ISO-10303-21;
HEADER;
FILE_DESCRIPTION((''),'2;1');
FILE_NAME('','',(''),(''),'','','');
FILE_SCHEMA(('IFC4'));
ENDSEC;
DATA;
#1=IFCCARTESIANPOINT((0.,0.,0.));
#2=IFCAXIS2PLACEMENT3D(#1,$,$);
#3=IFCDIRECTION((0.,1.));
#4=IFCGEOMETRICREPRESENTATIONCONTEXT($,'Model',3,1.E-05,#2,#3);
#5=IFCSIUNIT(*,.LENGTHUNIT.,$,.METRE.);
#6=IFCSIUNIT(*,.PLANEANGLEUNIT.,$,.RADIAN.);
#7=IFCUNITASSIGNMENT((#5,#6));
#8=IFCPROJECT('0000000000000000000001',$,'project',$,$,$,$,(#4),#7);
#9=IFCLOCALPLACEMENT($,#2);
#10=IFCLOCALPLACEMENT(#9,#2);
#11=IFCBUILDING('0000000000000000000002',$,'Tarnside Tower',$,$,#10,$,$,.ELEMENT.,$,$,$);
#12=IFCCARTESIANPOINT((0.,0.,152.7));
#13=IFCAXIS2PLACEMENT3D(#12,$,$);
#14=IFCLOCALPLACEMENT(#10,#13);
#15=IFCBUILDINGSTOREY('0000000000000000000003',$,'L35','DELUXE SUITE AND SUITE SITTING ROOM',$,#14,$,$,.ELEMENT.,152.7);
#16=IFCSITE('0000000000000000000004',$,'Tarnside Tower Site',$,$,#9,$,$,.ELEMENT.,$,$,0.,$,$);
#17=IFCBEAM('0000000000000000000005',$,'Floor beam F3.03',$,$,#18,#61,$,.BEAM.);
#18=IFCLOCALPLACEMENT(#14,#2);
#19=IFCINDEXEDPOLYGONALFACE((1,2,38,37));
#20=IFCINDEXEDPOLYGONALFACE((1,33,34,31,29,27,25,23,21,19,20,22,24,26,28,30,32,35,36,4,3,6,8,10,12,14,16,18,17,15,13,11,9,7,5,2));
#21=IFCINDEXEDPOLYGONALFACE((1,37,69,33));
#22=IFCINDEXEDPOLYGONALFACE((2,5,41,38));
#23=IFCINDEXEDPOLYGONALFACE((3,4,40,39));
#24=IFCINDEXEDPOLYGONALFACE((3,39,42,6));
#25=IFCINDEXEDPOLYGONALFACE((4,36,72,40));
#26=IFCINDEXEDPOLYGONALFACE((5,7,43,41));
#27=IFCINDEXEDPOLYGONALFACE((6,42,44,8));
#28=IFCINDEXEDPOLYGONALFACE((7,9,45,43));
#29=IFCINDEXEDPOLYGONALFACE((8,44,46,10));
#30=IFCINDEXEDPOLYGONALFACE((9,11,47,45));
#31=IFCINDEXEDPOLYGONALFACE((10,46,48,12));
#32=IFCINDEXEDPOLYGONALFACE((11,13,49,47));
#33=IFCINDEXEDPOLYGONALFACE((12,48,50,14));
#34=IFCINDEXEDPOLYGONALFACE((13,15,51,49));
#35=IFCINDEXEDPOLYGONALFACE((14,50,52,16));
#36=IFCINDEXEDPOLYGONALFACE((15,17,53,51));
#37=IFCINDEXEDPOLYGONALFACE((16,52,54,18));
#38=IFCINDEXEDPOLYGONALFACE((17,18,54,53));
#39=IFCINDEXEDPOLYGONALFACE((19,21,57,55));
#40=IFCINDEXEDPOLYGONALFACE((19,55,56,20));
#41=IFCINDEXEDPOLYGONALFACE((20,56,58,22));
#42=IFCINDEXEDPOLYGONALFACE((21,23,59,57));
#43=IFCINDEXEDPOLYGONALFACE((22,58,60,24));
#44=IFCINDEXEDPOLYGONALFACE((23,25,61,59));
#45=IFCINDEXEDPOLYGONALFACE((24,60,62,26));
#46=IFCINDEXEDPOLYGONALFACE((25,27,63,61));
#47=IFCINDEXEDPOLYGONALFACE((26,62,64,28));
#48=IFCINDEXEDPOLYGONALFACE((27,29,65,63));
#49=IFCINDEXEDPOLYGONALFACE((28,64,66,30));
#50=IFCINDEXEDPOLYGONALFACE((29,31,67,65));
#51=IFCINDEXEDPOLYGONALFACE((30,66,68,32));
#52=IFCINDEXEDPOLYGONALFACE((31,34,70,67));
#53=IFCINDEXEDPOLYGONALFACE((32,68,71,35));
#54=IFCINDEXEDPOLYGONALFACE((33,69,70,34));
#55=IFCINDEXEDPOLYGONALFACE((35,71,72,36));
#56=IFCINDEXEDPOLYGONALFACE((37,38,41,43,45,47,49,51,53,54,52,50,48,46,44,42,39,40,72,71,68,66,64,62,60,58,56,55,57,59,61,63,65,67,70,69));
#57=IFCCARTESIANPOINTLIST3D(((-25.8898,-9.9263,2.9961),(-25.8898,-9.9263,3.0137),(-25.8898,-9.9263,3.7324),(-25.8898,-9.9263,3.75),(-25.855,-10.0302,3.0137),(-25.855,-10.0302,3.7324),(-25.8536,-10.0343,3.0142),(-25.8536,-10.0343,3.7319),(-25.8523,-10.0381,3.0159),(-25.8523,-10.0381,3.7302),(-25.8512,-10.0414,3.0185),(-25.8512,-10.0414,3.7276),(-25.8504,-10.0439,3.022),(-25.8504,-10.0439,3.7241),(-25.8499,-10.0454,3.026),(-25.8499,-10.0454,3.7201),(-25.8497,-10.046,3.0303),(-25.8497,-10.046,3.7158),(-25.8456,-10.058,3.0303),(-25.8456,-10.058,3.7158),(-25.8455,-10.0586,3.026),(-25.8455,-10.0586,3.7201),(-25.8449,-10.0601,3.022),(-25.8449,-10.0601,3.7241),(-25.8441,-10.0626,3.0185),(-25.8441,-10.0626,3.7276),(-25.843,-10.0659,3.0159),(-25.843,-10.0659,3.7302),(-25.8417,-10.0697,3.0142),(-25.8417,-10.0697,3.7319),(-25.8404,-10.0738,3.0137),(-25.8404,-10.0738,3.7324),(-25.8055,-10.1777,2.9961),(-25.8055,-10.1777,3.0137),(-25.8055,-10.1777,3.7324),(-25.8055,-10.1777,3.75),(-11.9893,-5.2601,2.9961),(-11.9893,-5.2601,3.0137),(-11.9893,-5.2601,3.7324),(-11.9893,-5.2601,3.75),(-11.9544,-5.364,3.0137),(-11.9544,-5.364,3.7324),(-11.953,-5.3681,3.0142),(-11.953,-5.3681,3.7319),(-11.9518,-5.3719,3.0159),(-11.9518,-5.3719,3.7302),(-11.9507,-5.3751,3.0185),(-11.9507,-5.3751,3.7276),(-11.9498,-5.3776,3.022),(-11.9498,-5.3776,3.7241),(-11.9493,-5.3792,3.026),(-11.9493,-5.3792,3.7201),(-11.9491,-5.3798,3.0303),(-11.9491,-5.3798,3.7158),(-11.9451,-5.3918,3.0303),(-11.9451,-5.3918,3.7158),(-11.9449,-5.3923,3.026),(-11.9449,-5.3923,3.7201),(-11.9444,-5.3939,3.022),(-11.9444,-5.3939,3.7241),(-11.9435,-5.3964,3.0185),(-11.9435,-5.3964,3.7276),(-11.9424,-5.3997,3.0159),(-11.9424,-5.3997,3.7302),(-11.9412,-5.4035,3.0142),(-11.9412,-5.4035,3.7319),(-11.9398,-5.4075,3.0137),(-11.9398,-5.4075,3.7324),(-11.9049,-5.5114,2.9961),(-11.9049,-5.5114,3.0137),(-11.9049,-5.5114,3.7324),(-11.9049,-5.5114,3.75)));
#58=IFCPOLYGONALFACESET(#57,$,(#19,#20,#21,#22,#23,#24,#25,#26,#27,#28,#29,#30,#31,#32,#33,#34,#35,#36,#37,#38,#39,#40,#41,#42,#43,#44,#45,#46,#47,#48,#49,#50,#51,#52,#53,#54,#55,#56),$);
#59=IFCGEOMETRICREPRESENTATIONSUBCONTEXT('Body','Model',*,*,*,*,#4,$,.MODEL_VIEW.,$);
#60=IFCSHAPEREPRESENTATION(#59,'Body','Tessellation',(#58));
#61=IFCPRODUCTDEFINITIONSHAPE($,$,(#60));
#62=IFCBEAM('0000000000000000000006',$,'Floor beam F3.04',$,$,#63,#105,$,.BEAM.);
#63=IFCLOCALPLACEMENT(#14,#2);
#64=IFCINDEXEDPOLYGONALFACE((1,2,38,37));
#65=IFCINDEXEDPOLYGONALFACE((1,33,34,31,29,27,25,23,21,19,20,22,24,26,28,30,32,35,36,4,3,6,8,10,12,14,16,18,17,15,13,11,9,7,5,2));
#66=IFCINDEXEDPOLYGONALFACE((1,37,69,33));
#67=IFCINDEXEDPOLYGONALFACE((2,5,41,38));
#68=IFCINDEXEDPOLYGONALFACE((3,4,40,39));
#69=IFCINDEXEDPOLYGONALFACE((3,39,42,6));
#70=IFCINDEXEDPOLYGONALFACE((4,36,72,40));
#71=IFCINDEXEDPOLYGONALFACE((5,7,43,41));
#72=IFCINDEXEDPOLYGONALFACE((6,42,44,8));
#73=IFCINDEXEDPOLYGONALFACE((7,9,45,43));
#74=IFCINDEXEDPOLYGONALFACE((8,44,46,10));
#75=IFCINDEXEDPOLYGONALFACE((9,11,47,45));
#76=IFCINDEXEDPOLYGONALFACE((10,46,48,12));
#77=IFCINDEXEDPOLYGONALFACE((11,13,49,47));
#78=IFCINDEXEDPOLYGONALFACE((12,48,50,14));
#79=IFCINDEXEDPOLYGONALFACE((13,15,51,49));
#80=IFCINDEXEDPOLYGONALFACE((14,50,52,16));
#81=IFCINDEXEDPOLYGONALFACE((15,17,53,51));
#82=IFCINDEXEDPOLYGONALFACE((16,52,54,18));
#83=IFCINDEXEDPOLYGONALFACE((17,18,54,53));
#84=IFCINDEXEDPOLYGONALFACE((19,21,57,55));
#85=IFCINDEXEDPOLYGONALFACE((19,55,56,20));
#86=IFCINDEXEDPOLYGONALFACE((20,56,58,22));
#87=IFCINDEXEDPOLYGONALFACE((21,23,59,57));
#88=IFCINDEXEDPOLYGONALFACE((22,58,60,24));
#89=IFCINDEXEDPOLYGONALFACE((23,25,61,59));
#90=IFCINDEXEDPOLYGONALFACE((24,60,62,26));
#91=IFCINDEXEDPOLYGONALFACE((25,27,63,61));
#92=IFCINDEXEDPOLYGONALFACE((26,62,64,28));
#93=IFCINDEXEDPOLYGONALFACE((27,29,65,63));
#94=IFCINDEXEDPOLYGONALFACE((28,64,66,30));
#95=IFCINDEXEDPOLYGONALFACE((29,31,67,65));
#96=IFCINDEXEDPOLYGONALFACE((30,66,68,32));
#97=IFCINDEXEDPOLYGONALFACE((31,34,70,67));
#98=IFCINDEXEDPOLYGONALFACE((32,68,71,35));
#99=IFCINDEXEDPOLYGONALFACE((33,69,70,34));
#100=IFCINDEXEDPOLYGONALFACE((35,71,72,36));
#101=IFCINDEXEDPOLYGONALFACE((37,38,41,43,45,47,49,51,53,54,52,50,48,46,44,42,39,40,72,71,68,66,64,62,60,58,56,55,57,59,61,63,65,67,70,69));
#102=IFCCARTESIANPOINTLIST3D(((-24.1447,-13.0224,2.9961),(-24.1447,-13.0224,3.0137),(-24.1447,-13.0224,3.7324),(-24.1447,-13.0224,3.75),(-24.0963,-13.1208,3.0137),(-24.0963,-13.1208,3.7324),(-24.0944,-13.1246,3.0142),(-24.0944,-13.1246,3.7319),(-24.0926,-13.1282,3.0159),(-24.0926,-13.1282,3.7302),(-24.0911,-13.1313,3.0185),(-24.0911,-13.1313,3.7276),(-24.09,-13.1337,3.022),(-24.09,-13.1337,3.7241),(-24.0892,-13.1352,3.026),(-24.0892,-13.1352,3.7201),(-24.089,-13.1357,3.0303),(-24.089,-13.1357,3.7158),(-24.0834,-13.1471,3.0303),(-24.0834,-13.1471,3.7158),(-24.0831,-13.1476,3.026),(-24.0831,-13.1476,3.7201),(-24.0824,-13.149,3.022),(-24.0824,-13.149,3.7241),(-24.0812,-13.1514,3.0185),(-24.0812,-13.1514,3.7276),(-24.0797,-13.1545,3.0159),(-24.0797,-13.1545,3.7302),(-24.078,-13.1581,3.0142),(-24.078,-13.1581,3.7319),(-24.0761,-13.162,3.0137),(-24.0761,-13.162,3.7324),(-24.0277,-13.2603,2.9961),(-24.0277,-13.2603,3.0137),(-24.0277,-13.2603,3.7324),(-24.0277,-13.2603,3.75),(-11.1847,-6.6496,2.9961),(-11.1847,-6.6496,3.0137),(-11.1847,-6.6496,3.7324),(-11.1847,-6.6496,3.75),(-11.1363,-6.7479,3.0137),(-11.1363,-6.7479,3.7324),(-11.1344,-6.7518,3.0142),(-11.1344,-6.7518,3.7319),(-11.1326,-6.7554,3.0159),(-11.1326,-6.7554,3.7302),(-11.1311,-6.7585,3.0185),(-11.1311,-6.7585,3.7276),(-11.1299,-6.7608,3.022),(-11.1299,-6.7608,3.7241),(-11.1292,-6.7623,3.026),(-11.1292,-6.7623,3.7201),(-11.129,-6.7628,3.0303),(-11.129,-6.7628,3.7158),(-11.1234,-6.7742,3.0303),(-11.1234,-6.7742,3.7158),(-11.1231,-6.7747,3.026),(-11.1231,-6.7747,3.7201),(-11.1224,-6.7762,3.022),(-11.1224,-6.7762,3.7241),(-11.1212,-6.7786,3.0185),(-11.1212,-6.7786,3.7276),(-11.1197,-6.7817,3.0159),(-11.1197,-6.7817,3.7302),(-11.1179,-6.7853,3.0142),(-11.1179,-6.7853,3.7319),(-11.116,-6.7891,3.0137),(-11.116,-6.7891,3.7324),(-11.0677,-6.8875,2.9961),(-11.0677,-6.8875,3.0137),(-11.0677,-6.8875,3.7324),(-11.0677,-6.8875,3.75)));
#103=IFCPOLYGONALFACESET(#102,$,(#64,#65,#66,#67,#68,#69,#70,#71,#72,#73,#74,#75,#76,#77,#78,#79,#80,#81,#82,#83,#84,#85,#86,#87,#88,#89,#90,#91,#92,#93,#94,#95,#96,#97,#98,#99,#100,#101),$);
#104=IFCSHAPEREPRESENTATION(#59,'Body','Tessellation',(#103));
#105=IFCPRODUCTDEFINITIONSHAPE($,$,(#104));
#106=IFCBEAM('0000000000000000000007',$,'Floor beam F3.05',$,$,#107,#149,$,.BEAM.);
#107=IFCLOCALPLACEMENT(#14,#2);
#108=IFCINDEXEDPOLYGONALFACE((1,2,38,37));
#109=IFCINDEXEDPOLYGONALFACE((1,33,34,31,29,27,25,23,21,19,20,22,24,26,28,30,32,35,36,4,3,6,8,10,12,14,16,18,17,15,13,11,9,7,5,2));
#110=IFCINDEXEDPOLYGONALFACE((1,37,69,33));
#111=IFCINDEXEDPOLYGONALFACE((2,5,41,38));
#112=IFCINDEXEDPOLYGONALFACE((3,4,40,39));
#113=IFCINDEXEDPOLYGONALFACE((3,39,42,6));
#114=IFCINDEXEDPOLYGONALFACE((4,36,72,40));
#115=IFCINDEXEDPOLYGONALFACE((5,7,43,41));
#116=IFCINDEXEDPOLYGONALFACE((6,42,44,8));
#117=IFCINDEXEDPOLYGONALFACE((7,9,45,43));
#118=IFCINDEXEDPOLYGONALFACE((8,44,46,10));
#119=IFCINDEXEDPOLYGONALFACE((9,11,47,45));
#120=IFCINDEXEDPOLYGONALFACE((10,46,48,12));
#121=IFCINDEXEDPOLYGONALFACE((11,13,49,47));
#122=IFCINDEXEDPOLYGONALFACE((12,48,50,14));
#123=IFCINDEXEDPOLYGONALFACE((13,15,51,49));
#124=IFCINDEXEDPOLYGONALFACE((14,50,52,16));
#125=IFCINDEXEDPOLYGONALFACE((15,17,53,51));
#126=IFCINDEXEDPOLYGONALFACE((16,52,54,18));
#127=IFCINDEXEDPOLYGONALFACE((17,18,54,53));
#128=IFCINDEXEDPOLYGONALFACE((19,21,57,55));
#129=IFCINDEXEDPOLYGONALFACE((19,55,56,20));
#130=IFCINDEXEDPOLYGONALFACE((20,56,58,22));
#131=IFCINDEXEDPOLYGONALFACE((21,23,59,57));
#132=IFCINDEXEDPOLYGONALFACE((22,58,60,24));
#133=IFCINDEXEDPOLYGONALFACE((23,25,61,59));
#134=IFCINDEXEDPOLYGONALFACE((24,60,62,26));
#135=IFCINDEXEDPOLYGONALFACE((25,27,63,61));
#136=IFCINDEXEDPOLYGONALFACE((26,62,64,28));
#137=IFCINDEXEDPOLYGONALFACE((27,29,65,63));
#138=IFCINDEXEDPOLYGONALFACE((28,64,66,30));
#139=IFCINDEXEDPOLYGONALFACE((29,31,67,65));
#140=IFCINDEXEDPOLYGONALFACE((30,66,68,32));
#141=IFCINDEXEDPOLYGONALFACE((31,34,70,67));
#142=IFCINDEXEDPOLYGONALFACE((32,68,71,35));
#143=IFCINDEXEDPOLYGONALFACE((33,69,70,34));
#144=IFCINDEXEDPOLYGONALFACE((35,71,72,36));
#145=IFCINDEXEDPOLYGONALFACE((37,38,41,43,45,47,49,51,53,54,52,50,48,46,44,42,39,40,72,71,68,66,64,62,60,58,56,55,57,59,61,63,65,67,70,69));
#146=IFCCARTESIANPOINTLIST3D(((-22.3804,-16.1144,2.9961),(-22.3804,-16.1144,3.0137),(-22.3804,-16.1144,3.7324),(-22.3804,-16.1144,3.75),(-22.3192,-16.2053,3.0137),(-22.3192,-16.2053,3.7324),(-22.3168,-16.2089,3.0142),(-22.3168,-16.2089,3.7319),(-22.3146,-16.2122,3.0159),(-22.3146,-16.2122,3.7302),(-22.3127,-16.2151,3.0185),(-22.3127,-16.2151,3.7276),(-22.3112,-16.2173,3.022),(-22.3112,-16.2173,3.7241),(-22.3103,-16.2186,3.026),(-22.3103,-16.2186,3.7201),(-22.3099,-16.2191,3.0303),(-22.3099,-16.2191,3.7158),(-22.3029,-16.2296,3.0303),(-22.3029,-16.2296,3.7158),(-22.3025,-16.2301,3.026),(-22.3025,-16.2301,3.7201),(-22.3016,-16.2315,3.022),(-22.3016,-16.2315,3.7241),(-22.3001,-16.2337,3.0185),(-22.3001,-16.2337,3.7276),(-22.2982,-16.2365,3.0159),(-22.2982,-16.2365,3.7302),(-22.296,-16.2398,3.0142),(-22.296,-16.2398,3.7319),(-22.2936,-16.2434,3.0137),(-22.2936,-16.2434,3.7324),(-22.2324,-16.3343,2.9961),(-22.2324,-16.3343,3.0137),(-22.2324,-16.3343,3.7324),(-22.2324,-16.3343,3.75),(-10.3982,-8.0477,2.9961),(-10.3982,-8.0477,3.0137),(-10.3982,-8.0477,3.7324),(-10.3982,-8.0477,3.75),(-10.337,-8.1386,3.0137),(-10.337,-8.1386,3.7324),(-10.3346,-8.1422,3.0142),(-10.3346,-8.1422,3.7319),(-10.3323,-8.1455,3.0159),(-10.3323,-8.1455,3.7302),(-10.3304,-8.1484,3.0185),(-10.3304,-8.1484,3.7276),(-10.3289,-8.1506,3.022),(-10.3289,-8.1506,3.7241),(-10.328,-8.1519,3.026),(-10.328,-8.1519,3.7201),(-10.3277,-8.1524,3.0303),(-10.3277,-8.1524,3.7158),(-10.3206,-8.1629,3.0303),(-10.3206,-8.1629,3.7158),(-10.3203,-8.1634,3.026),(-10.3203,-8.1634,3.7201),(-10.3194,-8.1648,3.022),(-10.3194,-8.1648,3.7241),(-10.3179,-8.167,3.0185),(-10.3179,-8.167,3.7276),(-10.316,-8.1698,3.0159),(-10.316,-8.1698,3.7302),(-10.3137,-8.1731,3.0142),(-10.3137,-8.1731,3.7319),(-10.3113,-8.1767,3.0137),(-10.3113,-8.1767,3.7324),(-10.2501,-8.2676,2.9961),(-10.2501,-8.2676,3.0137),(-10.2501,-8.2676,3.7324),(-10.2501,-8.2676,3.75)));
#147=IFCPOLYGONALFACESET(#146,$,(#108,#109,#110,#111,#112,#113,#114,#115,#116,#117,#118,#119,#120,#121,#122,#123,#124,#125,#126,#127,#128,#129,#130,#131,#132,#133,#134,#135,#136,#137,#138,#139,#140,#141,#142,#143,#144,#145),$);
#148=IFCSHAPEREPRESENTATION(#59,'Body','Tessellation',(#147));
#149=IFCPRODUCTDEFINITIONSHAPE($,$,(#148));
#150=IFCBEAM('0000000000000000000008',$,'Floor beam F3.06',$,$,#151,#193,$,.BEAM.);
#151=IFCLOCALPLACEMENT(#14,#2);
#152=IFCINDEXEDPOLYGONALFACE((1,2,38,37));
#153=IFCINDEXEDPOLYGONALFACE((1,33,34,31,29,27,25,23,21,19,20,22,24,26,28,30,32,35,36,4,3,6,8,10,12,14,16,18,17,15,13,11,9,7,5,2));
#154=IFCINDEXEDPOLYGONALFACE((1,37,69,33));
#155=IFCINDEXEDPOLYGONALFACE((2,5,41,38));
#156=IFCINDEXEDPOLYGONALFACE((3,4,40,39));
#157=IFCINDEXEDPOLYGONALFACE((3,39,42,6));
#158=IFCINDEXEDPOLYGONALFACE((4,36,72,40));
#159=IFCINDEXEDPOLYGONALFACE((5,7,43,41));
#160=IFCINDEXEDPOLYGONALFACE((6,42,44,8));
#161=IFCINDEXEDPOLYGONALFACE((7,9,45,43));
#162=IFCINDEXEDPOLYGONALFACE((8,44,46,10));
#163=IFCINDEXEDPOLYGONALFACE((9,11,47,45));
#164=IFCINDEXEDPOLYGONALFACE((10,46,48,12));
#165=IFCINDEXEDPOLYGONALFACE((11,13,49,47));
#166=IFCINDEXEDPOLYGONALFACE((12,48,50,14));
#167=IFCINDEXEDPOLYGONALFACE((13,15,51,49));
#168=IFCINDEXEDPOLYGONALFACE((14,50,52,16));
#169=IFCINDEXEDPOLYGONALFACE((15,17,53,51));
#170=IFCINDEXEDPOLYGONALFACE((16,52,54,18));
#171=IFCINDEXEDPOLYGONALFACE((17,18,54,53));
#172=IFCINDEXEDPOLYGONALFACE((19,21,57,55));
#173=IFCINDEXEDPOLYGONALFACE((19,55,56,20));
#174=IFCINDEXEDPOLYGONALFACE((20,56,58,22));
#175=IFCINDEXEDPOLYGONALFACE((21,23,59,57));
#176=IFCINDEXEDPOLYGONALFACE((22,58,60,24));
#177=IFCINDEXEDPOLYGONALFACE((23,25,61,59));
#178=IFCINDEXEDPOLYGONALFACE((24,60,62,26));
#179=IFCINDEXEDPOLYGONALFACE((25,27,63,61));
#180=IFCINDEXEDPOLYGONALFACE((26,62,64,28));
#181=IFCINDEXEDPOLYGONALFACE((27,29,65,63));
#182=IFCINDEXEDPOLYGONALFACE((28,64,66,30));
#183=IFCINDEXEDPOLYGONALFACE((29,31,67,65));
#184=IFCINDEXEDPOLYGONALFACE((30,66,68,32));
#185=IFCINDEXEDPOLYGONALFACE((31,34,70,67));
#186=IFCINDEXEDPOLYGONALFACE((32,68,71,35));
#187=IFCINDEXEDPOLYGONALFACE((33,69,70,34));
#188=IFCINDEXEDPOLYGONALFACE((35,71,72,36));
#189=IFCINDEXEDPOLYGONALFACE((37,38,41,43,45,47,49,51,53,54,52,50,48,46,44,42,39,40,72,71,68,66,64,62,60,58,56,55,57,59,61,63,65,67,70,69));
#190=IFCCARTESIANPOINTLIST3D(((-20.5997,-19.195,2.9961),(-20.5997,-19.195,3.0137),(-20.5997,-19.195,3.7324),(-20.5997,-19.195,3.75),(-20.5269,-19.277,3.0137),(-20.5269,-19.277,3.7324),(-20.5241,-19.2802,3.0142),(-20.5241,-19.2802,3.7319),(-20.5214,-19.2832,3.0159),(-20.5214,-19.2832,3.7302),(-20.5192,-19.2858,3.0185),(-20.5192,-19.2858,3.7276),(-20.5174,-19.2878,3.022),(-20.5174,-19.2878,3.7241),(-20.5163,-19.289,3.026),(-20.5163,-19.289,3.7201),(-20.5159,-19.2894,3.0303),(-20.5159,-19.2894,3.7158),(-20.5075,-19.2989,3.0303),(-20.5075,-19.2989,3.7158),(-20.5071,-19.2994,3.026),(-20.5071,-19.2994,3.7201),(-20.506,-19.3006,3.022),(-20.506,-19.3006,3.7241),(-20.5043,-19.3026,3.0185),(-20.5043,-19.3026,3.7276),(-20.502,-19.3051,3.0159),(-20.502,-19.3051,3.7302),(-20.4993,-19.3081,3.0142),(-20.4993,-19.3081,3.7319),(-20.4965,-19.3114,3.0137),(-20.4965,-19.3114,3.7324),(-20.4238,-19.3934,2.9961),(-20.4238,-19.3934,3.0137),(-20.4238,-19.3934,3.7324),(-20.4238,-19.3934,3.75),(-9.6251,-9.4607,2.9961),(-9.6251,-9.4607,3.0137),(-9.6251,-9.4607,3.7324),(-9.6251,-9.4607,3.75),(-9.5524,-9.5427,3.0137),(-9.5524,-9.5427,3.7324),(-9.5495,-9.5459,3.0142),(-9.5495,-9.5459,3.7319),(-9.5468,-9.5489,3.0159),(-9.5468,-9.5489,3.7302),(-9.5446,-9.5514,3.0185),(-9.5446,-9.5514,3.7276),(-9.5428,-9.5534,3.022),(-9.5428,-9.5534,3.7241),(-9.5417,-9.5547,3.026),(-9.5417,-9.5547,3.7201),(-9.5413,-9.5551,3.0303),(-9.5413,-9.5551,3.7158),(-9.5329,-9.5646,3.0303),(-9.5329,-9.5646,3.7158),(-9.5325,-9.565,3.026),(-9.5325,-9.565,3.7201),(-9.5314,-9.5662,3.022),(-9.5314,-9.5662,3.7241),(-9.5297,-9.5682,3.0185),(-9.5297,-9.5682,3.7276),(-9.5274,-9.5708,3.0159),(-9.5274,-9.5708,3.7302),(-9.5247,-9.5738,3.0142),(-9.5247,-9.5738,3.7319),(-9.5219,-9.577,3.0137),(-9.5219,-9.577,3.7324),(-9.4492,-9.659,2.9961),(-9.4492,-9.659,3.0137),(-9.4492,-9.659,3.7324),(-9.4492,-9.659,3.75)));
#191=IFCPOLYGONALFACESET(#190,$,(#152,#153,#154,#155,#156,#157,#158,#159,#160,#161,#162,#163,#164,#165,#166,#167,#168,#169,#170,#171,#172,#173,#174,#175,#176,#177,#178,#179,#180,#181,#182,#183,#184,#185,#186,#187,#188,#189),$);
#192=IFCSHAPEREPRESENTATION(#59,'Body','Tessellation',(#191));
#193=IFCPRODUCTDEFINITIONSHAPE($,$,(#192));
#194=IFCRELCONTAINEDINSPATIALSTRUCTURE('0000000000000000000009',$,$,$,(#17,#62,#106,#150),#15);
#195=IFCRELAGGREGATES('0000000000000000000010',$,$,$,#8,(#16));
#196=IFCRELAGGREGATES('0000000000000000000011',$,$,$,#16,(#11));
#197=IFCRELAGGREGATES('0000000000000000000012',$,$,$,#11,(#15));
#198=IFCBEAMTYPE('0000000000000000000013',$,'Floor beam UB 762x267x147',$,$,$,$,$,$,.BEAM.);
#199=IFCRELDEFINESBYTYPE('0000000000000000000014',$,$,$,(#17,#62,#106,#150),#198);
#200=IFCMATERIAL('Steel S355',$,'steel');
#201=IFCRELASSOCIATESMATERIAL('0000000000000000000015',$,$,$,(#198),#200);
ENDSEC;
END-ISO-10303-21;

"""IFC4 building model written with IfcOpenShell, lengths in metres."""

from ifc_helpers import new_model, si_unit, direction, frame, origin, origin_2d, place, context, subcontext, project, spatial, i_section, extrude, material, material_profile, profile_set, type_object, element, save


model = new_model("IFC4")

# Units and contexts
model_context = context("Model", 3, precision=1e-05, world=origin(), true_north=direction((0.0, 1.0)))
body_context = subcontext(model_context, "Body", "Model", "MODEL_VIEW")
ifc_project = project(units=[si_unit("LENGTHUNIT", "METRE"), si_unit("PLANEANGLEUNIT", "RADIAN")], contexts=[model_context])

# Site, building, storey
site_placement = place(None, origin())
site = spatial("IfcSite", under=ifc_project, at=site_placement, Name="Tarnside Tower Site", CompositionType="ELEMENT", RefElevation=0.0)
building_placement = place(site_placement, origin())
building = spatial("IfcBuilding", under=site, at=building_placement, Name="Tarnside Tower", CompositionType="ELEMENT")
storey_placement = place(building_placement, frame((0.0, 0.0, 152.7)))
storey = spatial("IfcBuildingStorey", under=building, at=storey_placement, Name="L35", Description="DELUXE SUITE AND SUITE SITTING ROOM", CompositionType="ELEMENT", Elevation=152.7)

# Beams
ifc_material_1 = material(Name="Steel S355", Category="steel")
ifc_material_profile_1 = material_profile(ifc_material_1, i_section(OverallWidth=0.2651, OverallDepth=0.7539, WebThickness=0.0127, FlangeThickness=0.0176, FilletRadius=0.0166, at=origin_2d()), Name="UB 762x267x147")
ifc_profile_set_1 = profile_set([ifc_material_profile_1], Name="Steel S355")
beam_type_1 = type_object("IfcBeamType", Name="Floor beam UB 762x267x147", PredefinedType="BEAM", material=ifc_profile_set_1)
beam_1_placement = place(storey_placement, frame((-25.8477, -10.052, 3.373), z_axis=(0.948012, 0.318235, 0.0), x_axis=(-0.318235, 0.948012, 0.0)))
element("IfcBeam", 1, at=beam_1_placement, inside=storey, type_object=beam_type_1, Name="Floor beam F3.03", PredefinedType="BEAM", context=body_context, shape_type="SweptSolid", body=[
    extrude(i_section(OverallWidth=0.2651, OverallDepth=0.7539, WebThickness=0.0127, FlangeThickness=0.0176, FilletRadius=0.0166, at=origin_2d()), origin(), (0.0, 0.0, 1.0), 14.6628),
])
beam_2_placement = place(storey_placement, frame((-24.0862, -13.1414, 3.373), z_axis=(0.897376, 0.441267, 0.0), x_axis=(-0.441267, 0.897376, 0.0)))
element("IfcBeam", 2, at=beam_2_placement, inside=storey, type_object=beam_type_1, Name="Floor beam F3.04", PredefinedType="BEAM", context=body_context, shape_type="SweptSolid", body=[
    extrude(i_section(OverallWidth=0.2651, OverallDepth=0.7539, WebThickness=0.0127, FlangeThickness=0.0176, FilletRadius=0.0166, at=origin_2d()), origin(), (0.0, 0.0, 1.0), 14.4421),
])
beam_3_placement = place(storey_placement, frame((-22.3064, -16.2244, 3.373), z_axis=(0.829532, 0.558458, 0.0), x_axis=(-0.558458, 0.829532, 0.0)))
element("IfcBeam", 3, at=beam_3_placement, inside=storey, type_object=beam_type_1, Name="Floor beam F3.05", PredefinedType="BEAM", context=body_context, shape_type="SweptSolid", body=[
    extrude(i_section(OverallWidth=0.2651, OverallDepth=0.7539, WebThickness=0.0127, FlangeThickness=0.0176, FilletRadius=0.0166, at=origin_2d()), origin(), (0.0, 0.0, 1.0), 14.4446),
])
beam_4_placement = place(storey_placement, frame((-20.5117, -19.2942, 3.373), z_axis=(0.748114, 0.66357, 0.0), x_axis=(-0.66357, 0.748114, 0.0)))
element("IfcBeam", 4, at=beam_4_placement, inside=storey, type_object=beam_type_1, Name="Floor beam F3.06", PredefinedType="BEAM", context=body_context, shape_type="SweptSolid", body=[
    extrude(i_section(OverallWidth=0.2651, OverallDepth=0.7539, WebThickness=0.0127, FlangeThickness=0.0176, FilletRadius=0.0166, at=origin_2d()), origin(), (0.0, 0.0, 1.0), 14.6697),
])

save(model, "model.ifc")
